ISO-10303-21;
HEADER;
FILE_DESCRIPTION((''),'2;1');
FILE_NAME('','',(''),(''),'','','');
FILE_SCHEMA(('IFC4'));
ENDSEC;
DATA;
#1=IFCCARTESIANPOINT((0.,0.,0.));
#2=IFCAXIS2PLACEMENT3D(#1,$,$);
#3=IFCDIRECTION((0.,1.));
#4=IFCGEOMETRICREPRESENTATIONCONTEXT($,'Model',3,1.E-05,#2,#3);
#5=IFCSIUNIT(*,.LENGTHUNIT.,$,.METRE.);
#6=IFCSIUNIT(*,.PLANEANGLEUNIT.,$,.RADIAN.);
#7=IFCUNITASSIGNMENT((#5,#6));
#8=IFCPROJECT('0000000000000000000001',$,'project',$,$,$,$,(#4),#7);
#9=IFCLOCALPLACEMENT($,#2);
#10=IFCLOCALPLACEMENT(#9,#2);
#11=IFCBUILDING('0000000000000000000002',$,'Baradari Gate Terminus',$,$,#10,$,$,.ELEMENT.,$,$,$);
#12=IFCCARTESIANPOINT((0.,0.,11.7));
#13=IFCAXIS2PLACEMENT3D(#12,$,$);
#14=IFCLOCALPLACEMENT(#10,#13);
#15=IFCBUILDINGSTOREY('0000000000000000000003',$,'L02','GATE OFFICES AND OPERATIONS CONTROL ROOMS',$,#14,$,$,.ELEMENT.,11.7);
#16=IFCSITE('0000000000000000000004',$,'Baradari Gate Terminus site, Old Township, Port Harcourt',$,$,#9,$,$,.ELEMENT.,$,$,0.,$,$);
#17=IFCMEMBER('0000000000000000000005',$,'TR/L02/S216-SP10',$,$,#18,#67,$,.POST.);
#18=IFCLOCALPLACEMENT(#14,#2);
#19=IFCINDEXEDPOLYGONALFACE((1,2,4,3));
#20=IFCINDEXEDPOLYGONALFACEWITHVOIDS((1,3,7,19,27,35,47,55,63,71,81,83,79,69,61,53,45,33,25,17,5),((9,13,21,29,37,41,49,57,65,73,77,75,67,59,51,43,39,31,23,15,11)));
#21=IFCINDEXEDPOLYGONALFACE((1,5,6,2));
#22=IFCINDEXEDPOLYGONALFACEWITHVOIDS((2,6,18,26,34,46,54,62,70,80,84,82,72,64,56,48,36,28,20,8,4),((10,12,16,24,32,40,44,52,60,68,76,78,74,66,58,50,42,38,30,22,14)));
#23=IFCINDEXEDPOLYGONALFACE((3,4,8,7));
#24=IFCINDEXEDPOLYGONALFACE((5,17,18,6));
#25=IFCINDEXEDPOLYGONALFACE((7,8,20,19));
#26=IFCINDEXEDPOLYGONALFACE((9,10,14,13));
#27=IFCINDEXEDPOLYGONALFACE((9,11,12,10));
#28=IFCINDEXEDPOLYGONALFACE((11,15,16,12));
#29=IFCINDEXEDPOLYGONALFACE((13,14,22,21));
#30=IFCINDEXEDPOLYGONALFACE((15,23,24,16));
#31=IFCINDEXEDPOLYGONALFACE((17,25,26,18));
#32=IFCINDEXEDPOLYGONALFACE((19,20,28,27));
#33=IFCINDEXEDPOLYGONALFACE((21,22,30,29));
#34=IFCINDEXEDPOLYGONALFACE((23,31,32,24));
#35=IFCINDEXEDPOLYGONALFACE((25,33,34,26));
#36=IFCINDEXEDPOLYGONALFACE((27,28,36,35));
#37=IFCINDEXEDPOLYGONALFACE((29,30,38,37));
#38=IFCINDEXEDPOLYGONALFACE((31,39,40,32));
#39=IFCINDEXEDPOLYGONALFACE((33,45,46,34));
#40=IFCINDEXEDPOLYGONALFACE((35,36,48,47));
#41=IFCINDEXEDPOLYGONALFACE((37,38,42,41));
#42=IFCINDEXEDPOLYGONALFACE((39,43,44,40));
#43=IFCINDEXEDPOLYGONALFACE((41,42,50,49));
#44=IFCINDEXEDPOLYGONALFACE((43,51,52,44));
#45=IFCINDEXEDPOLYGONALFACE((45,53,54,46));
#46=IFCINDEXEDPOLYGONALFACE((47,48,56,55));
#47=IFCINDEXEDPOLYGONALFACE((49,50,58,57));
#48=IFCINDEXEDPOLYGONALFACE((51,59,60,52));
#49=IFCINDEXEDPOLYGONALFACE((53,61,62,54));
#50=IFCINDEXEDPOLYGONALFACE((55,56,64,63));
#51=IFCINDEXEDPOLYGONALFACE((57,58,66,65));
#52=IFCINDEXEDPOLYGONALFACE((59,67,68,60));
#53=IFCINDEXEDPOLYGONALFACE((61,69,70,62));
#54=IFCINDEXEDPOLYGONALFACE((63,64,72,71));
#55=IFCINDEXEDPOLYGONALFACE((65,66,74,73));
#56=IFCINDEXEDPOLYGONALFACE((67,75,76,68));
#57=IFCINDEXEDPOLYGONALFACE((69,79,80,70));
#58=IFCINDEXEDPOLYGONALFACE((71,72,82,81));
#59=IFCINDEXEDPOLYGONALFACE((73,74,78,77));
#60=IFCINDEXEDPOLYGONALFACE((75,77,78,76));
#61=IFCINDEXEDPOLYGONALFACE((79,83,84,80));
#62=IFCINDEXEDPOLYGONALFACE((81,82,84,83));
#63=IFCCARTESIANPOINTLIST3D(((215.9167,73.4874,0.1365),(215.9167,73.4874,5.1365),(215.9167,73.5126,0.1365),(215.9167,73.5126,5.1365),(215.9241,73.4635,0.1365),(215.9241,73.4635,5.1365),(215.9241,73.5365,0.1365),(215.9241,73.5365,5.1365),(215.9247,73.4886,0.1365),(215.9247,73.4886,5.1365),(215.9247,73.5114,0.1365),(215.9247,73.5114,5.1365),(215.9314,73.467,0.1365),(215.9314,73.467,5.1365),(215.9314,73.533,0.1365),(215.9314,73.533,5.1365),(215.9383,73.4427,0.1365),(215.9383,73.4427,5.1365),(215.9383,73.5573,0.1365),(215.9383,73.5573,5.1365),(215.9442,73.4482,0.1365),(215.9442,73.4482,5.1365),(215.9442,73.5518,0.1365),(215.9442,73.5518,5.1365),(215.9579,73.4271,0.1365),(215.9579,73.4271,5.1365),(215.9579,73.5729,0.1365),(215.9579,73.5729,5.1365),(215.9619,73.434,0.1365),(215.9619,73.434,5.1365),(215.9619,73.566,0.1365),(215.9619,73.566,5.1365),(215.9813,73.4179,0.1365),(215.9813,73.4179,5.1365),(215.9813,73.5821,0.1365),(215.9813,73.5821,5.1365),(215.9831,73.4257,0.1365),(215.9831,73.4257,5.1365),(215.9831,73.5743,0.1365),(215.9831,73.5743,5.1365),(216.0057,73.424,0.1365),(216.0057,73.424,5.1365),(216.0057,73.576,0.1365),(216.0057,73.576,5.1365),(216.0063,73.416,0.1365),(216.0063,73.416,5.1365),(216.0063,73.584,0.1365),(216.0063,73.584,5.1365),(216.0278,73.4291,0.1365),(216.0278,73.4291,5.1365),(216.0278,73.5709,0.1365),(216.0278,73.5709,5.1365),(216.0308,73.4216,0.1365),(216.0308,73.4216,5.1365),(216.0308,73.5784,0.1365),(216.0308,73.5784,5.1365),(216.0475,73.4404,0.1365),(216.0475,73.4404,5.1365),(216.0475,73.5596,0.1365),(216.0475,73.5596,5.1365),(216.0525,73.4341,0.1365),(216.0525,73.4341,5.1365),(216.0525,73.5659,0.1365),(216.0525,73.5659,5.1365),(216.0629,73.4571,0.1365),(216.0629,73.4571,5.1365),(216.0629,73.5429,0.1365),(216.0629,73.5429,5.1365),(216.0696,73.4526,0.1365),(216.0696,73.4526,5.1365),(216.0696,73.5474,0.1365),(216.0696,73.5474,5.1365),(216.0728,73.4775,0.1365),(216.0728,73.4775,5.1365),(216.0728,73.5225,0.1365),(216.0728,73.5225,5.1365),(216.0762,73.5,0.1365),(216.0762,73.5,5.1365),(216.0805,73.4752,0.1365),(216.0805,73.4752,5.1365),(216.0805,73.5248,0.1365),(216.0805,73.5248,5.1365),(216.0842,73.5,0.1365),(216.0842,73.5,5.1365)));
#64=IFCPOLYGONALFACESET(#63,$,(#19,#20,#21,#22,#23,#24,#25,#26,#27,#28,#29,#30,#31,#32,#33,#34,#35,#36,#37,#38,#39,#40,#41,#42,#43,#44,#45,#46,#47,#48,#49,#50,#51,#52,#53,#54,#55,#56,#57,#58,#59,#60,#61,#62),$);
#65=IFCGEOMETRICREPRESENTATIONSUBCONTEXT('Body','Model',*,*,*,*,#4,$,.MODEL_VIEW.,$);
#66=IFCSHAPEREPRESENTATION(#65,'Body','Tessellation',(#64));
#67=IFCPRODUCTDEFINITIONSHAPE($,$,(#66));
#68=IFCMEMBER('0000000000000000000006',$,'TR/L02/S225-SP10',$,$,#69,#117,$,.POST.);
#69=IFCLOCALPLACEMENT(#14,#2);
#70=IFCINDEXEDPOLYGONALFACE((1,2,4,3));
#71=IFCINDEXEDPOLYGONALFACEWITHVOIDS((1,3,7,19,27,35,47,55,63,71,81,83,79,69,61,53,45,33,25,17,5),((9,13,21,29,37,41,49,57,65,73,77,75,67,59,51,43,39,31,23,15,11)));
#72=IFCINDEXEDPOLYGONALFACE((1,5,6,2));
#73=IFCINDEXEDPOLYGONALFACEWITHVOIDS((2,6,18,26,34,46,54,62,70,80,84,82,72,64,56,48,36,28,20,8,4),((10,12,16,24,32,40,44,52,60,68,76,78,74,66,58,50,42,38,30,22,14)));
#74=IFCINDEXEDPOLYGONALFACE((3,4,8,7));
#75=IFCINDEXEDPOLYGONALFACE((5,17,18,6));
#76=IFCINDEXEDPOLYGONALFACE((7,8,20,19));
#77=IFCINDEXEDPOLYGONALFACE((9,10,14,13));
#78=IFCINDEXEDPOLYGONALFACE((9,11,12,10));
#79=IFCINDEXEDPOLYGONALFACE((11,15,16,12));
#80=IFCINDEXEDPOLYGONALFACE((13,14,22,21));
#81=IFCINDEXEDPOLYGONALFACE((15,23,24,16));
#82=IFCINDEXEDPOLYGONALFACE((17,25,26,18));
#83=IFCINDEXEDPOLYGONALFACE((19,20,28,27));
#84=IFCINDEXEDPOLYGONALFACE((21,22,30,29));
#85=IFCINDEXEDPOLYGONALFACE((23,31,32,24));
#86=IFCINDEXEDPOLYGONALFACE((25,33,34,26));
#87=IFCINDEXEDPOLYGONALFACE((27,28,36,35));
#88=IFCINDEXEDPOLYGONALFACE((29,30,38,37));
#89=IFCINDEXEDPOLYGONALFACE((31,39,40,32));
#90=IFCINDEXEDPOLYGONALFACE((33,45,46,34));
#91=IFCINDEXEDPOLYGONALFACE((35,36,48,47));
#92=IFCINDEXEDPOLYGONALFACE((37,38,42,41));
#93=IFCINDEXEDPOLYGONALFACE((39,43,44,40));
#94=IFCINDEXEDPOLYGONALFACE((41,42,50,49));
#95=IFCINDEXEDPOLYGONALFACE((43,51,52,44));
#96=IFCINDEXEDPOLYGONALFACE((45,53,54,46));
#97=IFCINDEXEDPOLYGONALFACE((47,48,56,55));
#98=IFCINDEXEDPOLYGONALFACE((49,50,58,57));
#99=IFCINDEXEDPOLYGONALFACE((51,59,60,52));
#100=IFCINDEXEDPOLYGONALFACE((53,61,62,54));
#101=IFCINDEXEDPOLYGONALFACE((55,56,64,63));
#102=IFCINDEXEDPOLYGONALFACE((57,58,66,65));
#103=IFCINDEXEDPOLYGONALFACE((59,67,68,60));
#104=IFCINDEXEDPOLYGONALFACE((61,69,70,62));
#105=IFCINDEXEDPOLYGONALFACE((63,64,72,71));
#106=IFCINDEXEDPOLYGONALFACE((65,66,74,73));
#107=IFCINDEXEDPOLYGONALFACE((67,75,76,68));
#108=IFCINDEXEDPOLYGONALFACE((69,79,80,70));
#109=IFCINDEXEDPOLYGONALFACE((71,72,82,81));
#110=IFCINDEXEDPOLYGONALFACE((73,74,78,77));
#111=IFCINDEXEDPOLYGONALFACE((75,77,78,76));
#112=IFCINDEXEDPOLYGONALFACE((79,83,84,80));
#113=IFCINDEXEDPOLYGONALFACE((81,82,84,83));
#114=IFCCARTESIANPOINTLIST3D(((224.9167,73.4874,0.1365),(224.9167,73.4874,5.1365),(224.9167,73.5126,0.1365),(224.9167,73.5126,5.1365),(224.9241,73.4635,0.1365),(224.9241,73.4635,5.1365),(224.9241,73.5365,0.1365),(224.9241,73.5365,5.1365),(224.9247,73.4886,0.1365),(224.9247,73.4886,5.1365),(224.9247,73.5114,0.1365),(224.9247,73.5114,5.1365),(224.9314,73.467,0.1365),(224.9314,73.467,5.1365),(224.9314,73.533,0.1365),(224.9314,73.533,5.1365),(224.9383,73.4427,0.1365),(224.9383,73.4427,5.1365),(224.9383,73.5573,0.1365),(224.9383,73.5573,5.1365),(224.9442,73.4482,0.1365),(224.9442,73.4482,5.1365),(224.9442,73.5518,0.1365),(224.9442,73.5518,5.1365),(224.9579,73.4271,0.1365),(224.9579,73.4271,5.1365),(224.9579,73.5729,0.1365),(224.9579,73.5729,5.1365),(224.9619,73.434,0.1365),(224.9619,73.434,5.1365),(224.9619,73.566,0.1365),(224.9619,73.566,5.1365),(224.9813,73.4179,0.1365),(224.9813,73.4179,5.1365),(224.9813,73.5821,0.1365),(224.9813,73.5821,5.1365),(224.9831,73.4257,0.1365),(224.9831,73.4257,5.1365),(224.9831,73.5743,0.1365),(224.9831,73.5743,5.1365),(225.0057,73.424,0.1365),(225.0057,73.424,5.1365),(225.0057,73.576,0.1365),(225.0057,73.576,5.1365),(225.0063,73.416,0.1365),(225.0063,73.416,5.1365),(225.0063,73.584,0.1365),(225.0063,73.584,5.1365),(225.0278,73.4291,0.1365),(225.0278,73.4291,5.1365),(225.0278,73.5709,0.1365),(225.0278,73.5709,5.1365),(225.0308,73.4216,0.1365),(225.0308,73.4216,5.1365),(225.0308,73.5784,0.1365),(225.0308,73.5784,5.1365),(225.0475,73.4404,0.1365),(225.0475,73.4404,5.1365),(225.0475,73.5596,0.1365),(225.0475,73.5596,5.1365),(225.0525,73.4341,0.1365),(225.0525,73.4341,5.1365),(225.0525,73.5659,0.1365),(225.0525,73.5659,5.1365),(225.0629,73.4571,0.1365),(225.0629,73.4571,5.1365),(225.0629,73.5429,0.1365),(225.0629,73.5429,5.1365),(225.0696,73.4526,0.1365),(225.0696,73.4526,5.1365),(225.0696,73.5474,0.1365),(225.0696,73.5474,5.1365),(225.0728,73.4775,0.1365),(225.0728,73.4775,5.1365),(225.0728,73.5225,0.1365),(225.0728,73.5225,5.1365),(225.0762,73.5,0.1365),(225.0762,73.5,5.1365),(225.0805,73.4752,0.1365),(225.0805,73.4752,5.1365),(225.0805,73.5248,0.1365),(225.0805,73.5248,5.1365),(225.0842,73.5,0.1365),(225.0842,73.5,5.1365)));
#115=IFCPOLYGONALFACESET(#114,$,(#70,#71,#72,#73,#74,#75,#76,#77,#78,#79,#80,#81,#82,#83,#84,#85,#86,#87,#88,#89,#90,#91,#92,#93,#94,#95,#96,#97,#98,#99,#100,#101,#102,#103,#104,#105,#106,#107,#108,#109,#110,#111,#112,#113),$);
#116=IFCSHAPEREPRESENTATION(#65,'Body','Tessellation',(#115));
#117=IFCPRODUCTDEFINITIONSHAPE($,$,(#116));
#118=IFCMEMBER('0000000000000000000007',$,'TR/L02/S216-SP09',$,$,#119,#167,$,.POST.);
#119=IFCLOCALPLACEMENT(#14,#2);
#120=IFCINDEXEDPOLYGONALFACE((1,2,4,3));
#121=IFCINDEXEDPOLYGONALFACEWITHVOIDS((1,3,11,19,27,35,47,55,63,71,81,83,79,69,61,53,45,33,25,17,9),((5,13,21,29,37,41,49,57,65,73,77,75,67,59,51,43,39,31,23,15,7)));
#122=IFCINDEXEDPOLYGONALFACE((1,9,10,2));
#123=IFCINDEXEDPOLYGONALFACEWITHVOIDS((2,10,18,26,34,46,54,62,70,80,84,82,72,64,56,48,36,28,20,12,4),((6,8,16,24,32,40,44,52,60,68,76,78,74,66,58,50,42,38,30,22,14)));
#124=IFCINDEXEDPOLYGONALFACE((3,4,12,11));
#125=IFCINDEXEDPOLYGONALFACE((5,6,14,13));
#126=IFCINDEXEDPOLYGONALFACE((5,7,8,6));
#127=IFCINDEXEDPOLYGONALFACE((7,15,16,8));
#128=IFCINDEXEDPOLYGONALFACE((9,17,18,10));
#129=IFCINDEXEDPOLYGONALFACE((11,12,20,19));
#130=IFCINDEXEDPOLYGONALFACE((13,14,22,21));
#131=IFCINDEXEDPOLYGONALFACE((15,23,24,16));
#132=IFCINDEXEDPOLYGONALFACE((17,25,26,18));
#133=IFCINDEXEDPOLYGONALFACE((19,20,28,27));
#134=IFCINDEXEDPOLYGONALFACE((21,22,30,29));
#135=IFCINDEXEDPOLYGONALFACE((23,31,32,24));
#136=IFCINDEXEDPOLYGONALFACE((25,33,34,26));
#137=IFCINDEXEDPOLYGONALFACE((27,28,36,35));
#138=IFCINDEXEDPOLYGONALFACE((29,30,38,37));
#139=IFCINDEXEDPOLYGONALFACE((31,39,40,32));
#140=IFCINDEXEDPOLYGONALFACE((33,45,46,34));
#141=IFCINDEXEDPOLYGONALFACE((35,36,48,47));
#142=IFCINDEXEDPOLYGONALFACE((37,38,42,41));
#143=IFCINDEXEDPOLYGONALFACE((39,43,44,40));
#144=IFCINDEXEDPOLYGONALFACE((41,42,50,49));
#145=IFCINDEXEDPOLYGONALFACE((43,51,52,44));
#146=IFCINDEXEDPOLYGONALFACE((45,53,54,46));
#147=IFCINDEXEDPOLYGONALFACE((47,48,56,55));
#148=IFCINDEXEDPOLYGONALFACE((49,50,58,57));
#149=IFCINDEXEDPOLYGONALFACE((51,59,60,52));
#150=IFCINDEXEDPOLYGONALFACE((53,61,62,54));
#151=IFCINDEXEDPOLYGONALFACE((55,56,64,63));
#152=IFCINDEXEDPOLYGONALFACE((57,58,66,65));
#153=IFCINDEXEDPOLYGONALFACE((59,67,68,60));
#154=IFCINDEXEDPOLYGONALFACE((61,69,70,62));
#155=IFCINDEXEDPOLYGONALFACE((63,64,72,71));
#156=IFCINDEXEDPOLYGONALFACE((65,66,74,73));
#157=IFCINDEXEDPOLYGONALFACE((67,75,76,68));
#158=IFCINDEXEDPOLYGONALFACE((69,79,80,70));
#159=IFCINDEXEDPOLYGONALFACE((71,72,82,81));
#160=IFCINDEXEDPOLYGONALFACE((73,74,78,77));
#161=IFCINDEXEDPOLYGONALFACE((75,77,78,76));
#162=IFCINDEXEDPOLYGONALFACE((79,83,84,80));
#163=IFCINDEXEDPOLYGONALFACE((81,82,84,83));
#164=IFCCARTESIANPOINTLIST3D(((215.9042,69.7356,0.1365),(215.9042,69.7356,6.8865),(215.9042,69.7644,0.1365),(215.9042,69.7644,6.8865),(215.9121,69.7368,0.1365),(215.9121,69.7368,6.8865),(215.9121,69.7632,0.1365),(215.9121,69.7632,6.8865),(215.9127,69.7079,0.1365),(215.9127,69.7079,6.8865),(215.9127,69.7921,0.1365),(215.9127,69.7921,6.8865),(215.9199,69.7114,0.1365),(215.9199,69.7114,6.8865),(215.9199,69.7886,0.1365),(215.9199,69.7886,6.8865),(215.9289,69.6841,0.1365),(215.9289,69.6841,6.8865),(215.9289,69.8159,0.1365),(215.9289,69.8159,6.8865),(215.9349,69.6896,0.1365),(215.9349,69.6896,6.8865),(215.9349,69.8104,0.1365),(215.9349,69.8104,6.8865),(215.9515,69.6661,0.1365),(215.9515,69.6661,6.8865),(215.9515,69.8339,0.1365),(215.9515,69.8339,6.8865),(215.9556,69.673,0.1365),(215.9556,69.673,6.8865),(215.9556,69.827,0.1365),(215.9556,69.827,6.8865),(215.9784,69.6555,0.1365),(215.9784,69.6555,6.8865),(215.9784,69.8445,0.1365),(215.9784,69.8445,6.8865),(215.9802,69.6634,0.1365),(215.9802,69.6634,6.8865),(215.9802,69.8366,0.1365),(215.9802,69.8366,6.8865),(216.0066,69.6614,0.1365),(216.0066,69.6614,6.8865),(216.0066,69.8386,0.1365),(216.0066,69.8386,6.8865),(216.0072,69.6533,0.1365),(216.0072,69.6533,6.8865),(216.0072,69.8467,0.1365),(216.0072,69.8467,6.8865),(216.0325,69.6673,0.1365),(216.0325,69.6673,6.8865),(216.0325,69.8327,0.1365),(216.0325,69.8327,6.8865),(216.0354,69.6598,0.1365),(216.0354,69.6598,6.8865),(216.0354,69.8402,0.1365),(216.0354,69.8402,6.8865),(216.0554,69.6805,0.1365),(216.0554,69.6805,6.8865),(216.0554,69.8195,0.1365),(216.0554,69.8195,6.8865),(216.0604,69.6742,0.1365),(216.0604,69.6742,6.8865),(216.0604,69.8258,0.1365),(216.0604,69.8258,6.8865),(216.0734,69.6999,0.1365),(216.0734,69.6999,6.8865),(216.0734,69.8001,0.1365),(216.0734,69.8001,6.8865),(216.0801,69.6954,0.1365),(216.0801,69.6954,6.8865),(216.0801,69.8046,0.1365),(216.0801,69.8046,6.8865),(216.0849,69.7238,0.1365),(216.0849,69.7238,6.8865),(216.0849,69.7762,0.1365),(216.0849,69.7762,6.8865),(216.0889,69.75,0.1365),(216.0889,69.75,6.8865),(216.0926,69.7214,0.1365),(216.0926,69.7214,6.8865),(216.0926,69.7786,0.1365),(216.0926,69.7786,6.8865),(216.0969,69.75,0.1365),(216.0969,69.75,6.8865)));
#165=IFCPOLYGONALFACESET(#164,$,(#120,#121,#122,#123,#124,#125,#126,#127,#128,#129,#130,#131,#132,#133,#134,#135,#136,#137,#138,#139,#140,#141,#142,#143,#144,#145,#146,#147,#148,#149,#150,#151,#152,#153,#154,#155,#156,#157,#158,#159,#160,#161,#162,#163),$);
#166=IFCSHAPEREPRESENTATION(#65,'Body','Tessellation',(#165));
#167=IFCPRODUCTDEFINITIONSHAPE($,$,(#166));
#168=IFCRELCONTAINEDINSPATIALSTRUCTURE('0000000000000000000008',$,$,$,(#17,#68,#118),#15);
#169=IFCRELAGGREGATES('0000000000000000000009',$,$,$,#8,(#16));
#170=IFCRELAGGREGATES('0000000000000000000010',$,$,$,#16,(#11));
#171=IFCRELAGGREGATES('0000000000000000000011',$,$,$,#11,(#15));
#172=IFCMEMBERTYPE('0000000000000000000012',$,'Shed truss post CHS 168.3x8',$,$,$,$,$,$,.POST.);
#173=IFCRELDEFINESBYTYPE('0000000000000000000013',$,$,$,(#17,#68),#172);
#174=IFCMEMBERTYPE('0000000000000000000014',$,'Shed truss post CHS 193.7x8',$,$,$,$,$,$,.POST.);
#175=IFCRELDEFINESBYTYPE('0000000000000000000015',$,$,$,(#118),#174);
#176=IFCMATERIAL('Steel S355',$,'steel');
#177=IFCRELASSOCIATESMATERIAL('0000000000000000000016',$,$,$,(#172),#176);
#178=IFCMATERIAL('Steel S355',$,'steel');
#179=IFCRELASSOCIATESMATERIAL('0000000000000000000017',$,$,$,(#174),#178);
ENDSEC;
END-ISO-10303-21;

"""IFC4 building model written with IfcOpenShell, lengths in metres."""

from ifc_helpers import new_model, si_unit, direction, frame, origin, origin_2d, place, context, subcontext, project, spatial, hollow_circle, extrude, material, material_profile, profile_set, type_object, element, save


model = new_model("IFC4")

# Units and contexts
model_context = context("Model", 3, precision=1e-05, world=origin(), true_north=direction((0.0, 1.0)))
body_context = subcontext(model_context, "Body", "Model", "MODEL_VIEW")
ifc_project = project(units=[si_unit("LENGTHUNIT", "METRE"), si_unit("PLANEANGLEUNIT", "RADIAN")], contexts=[model_context])

# Site, building, storey
site_placement = place(None, origin())
site = spatial("IfcSite", under=ifc_project, at=site_placement, Name="Baradari Gate Terminus site, Old Township, Port Harcourt", CompositionType="ELEMENT", RefElevation=0.0)
building_placement = place(site_placement, origin())
building = spatial("IfcBuilding", under=site, at=building_placement, Name="Baradari Gate Terminus", CompositionType="ELEMENT")
storey_placement = place(building_placement, frame((0.0, 0.0, 11.7)))
storey = spatial("IfcBuildingStorey", under=building, at=storey_placement, Name="L02", Description="GATE OFFICES AND OPERATIONS CONTROL ROOMS", CompositionType="ELEMENT", Elevation=11.7)

# Members
ifc_material_1 = material(Name="Steel S355", Category="steel")
ifc_material_profile_1 = material_profile(ifc_material_1, hollow_circle(Radius=0.0842, WallThickness=0.0081, at=origin_2d()), Name="CHS 168.3x8")
ifc_profile_set_1 = profile_set([ifc_material_profile_1], Name="Steel S355")
member_type_1 = type_object("IfcMemberType", Name="Shed truss post CHS 168.3x8", PredefinedType="POST", material=ifc_profile_set_1)
for number, where, z_axis, x_axis, name in (
    (1, (216.0, 73.5, 0.1365), (0.0, 0.0, 1.0), (1.0, 0.0, 0.0), "TR/L02/S216-SP10"),
    (2, (225.0, 73.5, 0.1365), (0.0, 0.0, 1.0), (1.0, 0.0, 0.0), "TR/L02/S225-SP10"),
):
    element("IfcMember", number, at=place(storey_placement, frame(where, z_axis=z_axis, x_axis=x_axis)), inside=storey, type_object=member_type_1, Name=name, PredefinedType="POST", context=body_context, shape_type="SweptSolid", body=[
        extrude(hollow_circle(Radius=0.0842, WallThickness=0.0081, at=origin_2d()), origin(), (0.0, 0.0, 1.0), 5.0),
    ])
ifc_material_2 = material(Name="Steel S355", Category="steel")
ifc_material_profile_2 = material_profile(ifc_material_2, hollow_circle(Radius=0.0969, WallThickness=0.0081, at=origin_2d()), Name="CHS 193.7x8")
ifc_profile_set_2 = profile_set([ifc_material_profile_2], Name="Steel S355")
member_type_2 = type_object("IfcMemberType", Name="Shed truss post CHS 193.7x8", PredefinedType="POST", material=ifc_profile_set_2)
for number, where, z_axis, x_axis, name in (
    (3, (216.0, 69.75, 0.1365), (0.0, 0.0, 1.0), (1.0, 0.0, 0.0), "TR/L02/S216-SP09"),
):
    element("IfcMember", number, at=place(storey_placement, frame(where, z_axis=z_axis, x_axis=x_axis)), inside=storey, type_object=member_type_2, Name=name, PredefinedType="POST", context=body_context, shape_type="SweptSolid", body=[
        extrude(hollow_circle(Radius=0.0969, WallThickness=0.0081, at=origin_2d()), origin(), (0.0, 0.0, 1.0), 6.75),
    ])

save(model, "model.ifc")
